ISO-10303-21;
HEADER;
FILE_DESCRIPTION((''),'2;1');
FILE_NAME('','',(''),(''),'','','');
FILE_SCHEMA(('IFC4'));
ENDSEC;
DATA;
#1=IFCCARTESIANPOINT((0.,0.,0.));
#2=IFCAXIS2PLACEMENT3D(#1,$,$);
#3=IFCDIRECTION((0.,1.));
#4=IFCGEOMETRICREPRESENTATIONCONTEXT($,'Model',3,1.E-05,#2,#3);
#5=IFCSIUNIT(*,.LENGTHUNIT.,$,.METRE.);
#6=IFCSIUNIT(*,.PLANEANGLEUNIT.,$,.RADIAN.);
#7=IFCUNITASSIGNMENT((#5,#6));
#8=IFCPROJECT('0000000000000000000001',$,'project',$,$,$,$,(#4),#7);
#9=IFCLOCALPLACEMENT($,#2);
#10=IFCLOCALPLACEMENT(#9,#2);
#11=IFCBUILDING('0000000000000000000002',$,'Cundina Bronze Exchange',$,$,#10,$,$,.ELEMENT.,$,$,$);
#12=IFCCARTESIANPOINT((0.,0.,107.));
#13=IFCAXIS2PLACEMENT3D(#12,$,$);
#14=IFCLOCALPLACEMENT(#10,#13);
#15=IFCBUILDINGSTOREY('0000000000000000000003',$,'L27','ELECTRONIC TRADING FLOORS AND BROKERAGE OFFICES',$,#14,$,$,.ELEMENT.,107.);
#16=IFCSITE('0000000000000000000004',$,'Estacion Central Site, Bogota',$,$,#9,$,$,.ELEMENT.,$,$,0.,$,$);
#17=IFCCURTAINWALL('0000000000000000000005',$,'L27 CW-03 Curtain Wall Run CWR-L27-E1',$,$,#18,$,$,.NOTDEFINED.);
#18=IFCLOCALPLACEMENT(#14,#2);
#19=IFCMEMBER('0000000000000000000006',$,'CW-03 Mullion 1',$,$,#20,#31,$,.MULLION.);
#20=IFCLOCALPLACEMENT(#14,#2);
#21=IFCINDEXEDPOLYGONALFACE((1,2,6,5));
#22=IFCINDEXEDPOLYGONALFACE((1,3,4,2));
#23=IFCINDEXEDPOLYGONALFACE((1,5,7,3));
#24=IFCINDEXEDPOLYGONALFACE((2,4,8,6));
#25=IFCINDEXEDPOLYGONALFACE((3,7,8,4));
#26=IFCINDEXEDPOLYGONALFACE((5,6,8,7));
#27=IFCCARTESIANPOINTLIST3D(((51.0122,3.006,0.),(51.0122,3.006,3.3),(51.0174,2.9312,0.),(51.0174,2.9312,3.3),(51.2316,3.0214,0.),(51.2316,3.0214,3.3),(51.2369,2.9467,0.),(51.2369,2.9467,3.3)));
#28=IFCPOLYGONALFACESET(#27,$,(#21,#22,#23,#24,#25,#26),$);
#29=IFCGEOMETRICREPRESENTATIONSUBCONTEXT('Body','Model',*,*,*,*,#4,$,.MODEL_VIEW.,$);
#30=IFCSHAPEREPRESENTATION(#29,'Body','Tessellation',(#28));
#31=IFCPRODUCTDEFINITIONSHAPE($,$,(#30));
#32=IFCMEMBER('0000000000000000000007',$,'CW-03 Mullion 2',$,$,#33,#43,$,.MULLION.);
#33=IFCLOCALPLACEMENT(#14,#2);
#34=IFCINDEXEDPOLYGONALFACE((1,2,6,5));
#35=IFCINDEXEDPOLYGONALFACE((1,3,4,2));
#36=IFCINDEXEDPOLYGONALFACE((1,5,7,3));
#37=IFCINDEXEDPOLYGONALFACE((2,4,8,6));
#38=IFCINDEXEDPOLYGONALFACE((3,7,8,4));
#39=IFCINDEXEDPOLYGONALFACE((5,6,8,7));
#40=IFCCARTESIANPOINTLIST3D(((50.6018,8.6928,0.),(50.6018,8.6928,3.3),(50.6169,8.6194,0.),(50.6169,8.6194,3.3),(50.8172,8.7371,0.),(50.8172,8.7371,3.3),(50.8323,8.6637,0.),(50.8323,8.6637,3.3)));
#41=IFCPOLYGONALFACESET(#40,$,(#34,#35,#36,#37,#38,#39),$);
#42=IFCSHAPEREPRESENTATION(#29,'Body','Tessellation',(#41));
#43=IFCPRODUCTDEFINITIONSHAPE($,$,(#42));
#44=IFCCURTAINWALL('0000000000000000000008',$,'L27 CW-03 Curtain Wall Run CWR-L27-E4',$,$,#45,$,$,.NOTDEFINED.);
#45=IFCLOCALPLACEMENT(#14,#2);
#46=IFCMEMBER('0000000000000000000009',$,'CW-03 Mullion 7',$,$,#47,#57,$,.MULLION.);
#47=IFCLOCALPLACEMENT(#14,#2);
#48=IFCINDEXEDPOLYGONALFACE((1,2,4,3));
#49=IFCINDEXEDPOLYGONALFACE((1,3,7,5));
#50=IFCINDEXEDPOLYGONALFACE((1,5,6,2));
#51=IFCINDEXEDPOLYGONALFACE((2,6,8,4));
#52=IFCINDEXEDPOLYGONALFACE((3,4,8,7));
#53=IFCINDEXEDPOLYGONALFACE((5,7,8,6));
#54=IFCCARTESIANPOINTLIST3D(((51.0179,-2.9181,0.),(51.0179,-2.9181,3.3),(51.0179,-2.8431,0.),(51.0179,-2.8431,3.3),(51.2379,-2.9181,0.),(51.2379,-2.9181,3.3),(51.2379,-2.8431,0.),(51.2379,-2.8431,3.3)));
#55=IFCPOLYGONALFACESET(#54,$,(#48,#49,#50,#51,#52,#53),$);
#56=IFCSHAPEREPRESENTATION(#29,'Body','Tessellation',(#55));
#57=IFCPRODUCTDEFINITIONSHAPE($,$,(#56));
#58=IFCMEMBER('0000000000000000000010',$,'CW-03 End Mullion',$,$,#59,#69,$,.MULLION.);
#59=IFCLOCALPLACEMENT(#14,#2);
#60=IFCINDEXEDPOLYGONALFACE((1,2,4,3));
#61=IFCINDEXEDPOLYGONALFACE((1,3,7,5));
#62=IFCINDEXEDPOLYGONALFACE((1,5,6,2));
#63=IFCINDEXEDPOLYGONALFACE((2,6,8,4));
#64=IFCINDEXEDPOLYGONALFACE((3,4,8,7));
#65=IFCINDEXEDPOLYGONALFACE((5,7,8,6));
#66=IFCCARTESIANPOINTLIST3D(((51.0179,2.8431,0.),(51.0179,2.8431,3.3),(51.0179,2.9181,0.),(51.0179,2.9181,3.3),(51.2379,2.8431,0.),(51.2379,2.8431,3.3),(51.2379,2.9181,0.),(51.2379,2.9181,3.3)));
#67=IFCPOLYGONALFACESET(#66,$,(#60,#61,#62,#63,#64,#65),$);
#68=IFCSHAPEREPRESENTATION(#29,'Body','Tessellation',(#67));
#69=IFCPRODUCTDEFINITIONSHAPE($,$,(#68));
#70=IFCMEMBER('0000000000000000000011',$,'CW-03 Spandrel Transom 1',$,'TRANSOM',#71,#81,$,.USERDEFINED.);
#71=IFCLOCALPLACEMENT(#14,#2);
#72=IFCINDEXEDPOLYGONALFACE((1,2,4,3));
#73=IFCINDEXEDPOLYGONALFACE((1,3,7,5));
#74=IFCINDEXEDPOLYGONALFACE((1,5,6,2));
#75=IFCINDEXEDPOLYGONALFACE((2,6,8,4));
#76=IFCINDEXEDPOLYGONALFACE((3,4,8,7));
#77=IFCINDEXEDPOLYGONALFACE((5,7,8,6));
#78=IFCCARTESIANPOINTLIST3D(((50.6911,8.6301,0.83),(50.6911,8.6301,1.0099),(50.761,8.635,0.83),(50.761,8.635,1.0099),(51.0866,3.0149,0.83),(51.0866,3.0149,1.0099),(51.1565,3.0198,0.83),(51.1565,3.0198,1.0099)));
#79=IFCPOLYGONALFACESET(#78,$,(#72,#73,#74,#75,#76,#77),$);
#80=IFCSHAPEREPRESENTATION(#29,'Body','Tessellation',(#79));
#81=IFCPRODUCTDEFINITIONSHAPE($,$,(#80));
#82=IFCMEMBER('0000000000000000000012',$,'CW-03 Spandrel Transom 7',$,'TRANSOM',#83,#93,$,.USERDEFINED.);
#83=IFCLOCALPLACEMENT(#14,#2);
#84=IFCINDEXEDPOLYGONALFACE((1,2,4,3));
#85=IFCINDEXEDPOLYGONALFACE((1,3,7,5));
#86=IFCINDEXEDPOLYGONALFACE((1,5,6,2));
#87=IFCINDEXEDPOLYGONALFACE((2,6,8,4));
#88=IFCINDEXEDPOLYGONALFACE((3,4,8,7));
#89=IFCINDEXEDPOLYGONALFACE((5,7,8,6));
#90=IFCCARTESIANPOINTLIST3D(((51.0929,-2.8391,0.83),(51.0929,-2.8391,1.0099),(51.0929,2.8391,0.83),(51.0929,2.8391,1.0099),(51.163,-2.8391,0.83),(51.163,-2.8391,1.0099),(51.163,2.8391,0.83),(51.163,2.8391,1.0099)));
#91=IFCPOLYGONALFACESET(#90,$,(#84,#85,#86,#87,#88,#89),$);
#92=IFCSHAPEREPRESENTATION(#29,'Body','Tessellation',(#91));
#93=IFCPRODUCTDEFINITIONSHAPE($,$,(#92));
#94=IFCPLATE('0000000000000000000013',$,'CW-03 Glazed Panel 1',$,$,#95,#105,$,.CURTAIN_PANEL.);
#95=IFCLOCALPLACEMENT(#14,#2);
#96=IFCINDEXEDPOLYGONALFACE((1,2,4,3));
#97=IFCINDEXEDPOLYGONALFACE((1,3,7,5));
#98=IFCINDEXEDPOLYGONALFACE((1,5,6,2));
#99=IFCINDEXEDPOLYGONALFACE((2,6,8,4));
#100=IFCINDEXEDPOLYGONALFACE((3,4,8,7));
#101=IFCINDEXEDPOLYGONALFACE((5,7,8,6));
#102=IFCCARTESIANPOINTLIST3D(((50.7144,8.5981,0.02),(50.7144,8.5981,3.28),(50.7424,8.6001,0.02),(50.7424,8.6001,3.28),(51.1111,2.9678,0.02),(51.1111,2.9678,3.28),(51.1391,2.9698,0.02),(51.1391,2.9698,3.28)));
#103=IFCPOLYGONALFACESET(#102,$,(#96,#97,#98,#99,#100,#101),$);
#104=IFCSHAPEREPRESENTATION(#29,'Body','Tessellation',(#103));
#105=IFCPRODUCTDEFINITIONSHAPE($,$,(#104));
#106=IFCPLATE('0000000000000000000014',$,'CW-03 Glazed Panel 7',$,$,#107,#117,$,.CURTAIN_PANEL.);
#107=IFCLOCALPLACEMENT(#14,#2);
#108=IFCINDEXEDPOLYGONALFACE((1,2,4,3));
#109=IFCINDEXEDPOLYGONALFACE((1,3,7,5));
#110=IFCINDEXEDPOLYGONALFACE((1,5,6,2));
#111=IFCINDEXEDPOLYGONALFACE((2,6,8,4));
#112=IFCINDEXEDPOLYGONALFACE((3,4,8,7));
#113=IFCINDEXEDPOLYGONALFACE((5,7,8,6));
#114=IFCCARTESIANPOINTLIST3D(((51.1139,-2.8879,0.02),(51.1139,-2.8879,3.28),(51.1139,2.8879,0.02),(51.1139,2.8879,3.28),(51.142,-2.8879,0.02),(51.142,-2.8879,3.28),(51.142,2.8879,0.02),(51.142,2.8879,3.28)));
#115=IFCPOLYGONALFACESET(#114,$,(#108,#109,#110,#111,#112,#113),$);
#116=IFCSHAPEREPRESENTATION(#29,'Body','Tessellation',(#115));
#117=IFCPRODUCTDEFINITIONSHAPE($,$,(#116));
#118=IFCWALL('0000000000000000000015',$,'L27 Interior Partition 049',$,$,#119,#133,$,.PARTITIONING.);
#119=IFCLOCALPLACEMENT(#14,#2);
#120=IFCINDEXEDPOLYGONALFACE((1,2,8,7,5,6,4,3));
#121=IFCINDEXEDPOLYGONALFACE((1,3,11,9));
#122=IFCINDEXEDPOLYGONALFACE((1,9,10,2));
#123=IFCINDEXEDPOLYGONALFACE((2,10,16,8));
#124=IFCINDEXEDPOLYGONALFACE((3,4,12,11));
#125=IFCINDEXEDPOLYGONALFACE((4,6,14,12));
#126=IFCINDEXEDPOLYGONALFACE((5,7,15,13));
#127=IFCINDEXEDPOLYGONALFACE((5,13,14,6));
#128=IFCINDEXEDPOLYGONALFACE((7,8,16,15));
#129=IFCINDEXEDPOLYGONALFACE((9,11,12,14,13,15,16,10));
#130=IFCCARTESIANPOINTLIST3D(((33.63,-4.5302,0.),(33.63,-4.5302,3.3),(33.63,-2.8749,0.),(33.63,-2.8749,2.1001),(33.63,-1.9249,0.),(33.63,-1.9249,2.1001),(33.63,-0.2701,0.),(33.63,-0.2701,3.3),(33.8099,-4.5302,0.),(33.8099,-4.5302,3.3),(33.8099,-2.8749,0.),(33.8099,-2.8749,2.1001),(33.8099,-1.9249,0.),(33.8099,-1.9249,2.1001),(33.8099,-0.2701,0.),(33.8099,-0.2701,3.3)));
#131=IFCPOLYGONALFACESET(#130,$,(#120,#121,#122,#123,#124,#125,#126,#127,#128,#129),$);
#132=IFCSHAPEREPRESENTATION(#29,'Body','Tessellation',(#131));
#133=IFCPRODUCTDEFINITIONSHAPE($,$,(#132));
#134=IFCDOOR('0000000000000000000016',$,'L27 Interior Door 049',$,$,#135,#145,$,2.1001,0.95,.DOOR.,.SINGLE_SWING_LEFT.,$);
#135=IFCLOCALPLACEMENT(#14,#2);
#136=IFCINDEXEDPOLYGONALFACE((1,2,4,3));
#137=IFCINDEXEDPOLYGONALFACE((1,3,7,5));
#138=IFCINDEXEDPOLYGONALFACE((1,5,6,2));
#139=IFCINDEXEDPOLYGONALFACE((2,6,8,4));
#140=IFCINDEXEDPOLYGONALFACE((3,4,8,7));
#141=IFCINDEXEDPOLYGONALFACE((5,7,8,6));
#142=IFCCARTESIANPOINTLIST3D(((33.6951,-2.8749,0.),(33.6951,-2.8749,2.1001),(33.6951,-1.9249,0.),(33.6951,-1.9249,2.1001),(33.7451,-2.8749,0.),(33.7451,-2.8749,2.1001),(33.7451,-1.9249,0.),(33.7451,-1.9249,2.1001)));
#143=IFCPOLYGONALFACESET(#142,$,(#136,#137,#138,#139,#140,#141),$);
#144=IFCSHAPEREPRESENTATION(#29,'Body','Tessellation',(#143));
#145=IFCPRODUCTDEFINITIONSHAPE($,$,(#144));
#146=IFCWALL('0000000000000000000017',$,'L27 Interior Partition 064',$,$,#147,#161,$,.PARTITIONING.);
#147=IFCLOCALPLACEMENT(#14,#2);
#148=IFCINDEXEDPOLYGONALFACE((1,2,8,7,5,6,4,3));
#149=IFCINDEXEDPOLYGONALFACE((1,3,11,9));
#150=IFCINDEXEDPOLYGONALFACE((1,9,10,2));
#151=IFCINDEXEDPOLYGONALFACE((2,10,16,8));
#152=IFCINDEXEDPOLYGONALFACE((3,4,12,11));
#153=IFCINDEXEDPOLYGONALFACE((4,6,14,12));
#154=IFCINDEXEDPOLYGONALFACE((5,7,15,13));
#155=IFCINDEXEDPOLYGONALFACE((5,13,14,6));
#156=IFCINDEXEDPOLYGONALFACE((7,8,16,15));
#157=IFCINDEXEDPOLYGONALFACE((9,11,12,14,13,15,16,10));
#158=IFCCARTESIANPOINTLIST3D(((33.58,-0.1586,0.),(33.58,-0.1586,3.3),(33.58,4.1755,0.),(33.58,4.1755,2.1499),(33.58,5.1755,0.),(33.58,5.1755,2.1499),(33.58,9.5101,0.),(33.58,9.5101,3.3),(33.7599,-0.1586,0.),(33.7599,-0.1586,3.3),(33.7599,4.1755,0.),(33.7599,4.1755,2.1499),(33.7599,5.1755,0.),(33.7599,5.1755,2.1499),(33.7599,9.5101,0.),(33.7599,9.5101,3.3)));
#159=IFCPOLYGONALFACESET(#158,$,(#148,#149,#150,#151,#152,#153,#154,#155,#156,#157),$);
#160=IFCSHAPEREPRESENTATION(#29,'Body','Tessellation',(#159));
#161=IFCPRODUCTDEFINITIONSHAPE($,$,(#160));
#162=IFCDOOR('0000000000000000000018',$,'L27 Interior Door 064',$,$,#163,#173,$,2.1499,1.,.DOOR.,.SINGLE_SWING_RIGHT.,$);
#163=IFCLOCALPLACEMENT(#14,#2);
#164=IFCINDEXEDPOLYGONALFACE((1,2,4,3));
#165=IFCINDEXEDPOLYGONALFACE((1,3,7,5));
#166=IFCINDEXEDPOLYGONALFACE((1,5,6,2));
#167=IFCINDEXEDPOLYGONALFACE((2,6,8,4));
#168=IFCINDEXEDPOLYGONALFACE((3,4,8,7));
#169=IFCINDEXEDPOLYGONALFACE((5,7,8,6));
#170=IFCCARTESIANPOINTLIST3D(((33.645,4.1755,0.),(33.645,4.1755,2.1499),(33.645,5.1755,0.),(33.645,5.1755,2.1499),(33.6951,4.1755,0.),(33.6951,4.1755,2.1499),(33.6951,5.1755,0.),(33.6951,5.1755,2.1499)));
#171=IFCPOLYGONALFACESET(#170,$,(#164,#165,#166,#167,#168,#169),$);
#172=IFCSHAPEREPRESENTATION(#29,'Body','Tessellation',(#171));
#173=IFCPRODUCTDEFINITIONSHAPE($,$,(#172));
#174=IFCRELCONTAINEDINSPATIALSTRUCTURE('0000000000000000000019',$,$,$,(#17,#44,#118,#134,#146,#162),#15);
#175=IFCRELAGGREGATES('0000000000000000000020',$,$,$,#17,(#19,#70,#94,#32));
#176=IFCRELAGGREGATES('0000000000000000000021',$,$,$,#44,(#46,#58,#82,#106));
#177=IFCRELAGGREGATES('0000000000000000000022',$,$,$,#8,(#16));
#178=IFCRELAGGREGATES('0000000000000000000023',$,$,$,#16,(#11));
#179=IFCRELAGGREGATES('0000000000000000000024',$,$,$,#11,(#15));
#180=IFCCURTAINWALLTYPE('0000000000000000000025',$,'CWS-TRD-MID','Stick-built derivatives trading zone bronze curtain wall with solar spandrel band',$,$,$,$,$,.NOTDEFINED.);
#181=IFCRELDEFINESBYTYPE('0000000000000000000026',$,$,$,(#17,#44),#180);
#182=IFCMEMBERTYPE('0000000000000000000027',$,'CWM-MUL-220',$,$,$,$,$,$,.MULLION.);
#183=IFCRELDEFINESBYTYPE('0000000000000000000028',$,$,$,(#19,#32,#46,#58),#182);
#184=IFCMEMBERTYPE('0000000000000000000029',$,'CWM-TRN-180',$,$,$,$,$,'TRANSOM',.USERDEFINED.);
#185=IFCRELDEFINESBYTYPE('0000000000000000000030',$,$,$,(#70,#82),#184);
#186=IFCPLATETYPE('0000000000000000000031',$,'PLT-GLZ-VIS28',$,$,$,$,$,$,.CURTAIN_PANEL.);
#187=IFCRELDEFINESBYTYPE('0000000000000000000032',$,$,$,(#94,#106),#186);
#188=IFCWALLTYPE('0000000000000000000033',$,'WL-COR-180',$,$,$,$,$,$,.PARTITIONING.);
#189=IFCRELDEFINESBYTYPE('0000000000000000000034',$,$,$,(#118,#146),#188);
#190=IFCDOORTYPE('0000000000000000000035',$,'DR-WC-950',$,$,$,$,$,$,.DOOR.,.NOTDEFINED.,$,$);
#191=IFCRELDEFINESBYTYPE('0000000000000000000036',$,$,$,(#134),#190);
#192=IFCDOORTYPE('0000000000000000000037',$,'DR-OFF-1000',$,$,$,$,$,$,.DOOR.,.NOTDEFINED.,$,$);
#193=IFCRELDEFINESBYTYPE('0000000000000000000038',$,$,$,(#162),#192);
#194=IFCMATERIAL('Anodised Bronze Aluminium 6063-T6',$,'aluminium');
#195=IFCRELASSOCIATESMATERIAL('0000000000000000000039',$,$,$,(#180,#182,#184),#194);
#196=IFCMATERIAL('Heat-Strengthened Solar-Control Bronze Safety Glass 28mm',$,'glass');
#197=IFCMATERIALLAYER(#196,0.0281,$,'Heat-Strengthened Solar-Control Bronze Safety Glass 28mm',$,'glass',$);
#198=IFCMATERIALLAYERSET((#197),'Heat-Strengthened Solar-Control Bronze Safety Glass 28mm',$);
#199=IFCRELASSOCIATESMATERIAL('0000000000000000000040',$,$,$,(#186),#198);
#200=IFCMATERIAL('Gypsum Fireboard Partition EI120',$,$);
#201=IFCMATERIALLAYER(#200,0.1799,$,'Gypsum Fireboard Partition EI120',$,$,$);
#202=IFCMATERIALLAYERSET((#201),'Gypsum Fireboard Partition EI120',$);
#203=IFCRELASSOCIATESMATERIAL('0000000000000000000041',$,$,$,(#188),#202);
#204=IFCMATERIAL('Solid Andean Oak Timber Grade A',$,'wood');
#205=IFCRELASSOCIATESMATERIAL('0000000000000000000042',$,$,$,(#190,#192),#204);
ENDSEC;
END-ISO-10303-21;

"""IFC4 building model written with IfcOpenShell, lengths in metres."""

from ifc_helpers import new_model, si_unit, direction, frame, frame_2d, origin, origin_2d, place, context, subcontext, project, spatial, rectangle, extrude, material, layer, layer_set, material_profile, profile_set, type_object, element, fill, aggregate, save


model = new_model("IFC4")

# Units and contexts
model_context = context("Model", 3, precision=1e-05, world=origin(), true_north=direction((0.0, 1.0)))
body_context = subcontext(model_context, "Body", "Model", "MODEL_VIEW")
ifc_project = project(units=[si_unit("LENGTHUNIT", "METRE"), si_unit("PLANEANGLEUNIT", "RADIAN")], contexts=[model_context])

# Site, building, storey
site_placement = place(None, origin())
site = spatial("IfcSite", under=ifc_project, at=site_placement, Name="Estacion Central Site, Bogota", CompositionType="ELEMENT", RefElevation=0.0)
building_placement = place(site_placement, origin())
building = spatial("IfcBuilding", under=site, at=building_placement, Name="Cundina Bronze Exchange", CompositionType="ELEMENT")
storey_placement = place(building_placement, frame((0.0, 0.0, 107.0)))
storey = spatial("IfcBuildingStorey", under=building, at=storey_placement, Name="L27", Description="ELECTRONIC TRADING FLOORS AND BROKERAGE OFFICES", CompositionType="ELEMENT", Elevation=107.0)

# Curtain walls, members
ifc_material_1 = material(Name="Anodised Bronze Aluminium 6063-T6", Category="aluminium")
curtain_wall_type = type_object("IfcCurtainWallType", Name="CWS-TRD-MID", Description="Stick-built derivatives trading zone bronze curtain wall with solar spandrel band", PredefinedType="NOTDEFINED", material=ifc_material_1)
curtain_wall_1_placement = place(storey_placement, origin())
curtain_wall_1 = element("IfcCurtainWall", 1, at=curtain_wall_1_placement, inside=storey, type_object=curtain_wall_type, Name="L27 CW-03 Curtain Wall Run CWR-L27-E1", PredefinedType="NOTDEFINED")
ifc_material_profile_1 = material_profile(ifc_material_1, rectangle(XDim=0.075, YDim=0.22, at=origin_2d()), Name="AL75X220", Category="aluminium")
ifc_profile_set_1 = profile_set([ifc_material_profile_1], Name="Anodised Bronze Aluminium 6063-T6")
member_type_1 = type_object("IfcMemberType", Name="CWM-MUL-220", PredefinedType="MULLION", material=ifc_profile_set_1)
member_1_placement = place(storey_placement, frame((51.1245, 2.9763, 0.0), z_axis=(0.0, 0.0, 1.0), x_axis=(-0.070279, 0.997527, 0.0)))
member_1 = element("IfcMember", 2, at=member_1_placement, type_object=member_type_1, Name="CW-03 Mullion 1", PredefinedType="MULLION", context=body_context, shape_type="SweptSolid", body=[
    extrude(rectangle(XDim=0.075, YDim=0.22, at=origin_2d()), origin(), (0.0, 0.0, 1.0), 3.3),
])
member_2_placement = place(storey_placement, frame((50.717, 8.6782, 0.0), z_axis=(0.0, 0.0, 1.0), x_axis=(-0.20142, 0.979505, 0.0)))
member_2 = element("IfcMember", 3, at=member_2_placement, type_object=member_type_1, Name="CW-03 Mullion 2", PredefinedType="MULLION", context=body_context, shape_type="SweptSolid", body=[
    extrude(rectangle(XDim=0.075, YDim=0.22, at=origin_2d()), origin(), (0.0, 0.0, 1.0), 3.3),
])
curtain_wall_2_placement = place(storey_placement, origin())
curtain_wall_2 = element("IfcCurtainWall", 4, at=curtain_wall_2_placement, inside=storey, type_object=curtain_wall_type, Name="L27 CW-03 Curtain Wall Run CWR-L27-E4", PredefinedType="NOTDEFINED")
member_3_placement = place(storey_placement, frame((51.1279, -2.8806, 0.0), z_axis=(0.0, 0.0, 1.0), x_axis=(0.0, 1.0, 0.0)))
member_3 = element("IfcMember", 5, at=member_3_placement, type_object=member_type_1, Name="CW-03 Mullion 7", PredefinedType="MULLION", context=body_context, shape_type="SweptSolid", body=[
    extrude(rectangle(XDim=0.075, YDim=0.22, at=origin_2d()), origin(), (0.0, 0.0, 1.0), 3.3),
])
member_4_placement = place(storey_placement, frame((51.1279, 2.8806, 0.0), z_axis=(0.0, 0.0, 1.0), x_axis=(0.0, 1.0, 0.0)))
member_4 = element("IfcMember", 6, at=member_4_placement, type_object=member_type_1, Name="CW-03 End Mullion", PredefinedType="MULLION", context=body_context, shape_type="SweptSolid", body=[
    extrude(rectangle(XDim=0.075, YDim=0.22, at=origin_2d()), origin(), (0.0, 0.0, 1.0), 3.3),
])

# Members
ifc_material_profile_2 = material_profile(ifc_material_1, rectangle(XDim=0.0701, YDim=0.1799, at=origin_2d()), Name="AL70X180", Category="aluminium")
ifc_profile_set_2 = profile_set([ifc_material_profile_2], Name="Anodised Bronze Aluminium 6063-T6")
member_type_2 = type_object("IfcMemberType", Name="CWM-TRN-180", ElementType="TRANSOM", PredefinedType="USERDEFINED", material=ifc_profile_set_2)
member_5_placement = place(storey_placement, frame((51.1216, 3.0173, 0.9199), z_axis=(-0.070261, 0.997529, 0.0), x_axis=(-0.997529, -0.070261, 0.0)))
member_5 = element("IfcMember", 7, at=member_5_placement, type_object=member_type_2, Name="CW-03 Spandrel Transom 1", ObjectType="TRANSOM", PredefinedType="USERDEFINED", context=body_context, shape_type="SweptSolid", body=[
    extrude(rectangle(XDim=0.0701, YDim=0.1799, at=origin_2d()), origin(), (0.0, 0.0, 1.0), 5.6292),
])
member_6_placement = place(storey_placement, frame((51.1279, -2.8391, 0.9199), z_axis=(0.0, 1.0, 0.0), x_axis=(-1.0, 0.0, 0.0)))
member_6 = element("IfcMember", 8, at=member_6_placement, type_object=member_type_2, Name="CW-03 Spandrel Transom 7", ObjectType="TRANSOM", PredefinedType="USERDEFINED", context=body_context, shape_type="SweptSolid", body=[
    extrude(rectangle(XDim=0.0701, YDim=0.1799, at=origin_2d()), origin(), (0.0, 0.0, 1.0), 5.6782),
])

# Plates
ifc_material_2 = material(Name="Heat-Strengthened Solar-Control Bronze Safety Glass 28mm", Category="glass")
ifc_layer_1 = layer(ifc_material_2, 0.0281, Name="Heat-Strengthened Solar-Control Bronze Safety Glass 28mm", Category="glass")
ifc_layer_set_1 = layer_set([ifc_layer_1], Name="Heat-Strengthened Solar-Control Bronze Safety Glass 28mm")
plate_type = type_object("IfcPlateType", Name="PLT-GLZ-VIS28", PredefinedType="CURTAIN_PANEL", material=ifc_layer_set_1)
plate_1_placement = place(storey_placement, frame((50.9268, 5.7839, 0.02), z_axis=(0.0, 0.0, 1.0), x_axis=(-0.070279, 0.997527, 0.0)))
plate_1 = element("IfcPlate", 9, at=plate_1_placement, type_object=plate_type, Name="CW-03 Glazed Panel 1", PredefinedType="CURTAIN_PANEL", context=body_context, shape_type="SweptSolid", body=[
    extrude(rectangle(XDim=5.6443, YDim=0.0281, at=origin_2d()), origin(), (0.0, 0.0, 1.0), 3.26),
])
aggregate(curtain_wall_1, [member_1, member_5, plate_1, member_2])
plate_2_placement = place(storey_placement, frame((51.1279, 0.0, 0.02), z_axis=(0.0, 0.0, 1.0), x_axis=(0.0, 1.0, 0.0)))
plate_2 = element("IfcPlate", 10, at=plate_2_placement, type_object=plate_type, Name="CW-03 Glazed Panel 7", PredefinedType="CURTAIN_PANEL", context=body_context, shape_type="SweptSolid", body=[
    extrude(rectangle(XDim=5.7759, YDim=0.0281, at=origin_2d()), origin(), (0.0, 0.0, 1.0), 3.26),
])
aggregate(curtain_wall_2, [member_3, member_4, member_6, plate_2])

# Walls, openings, doors
ifc_material_3 = material(Name="Gypsum Fireboard Partition EI120")
ifc_layer_2 = layer(ifc_material_3, 0.1799, Name="Gypsum Fireboard Partition EI120")
ifc_layer_set_2 = layer_set([ifc_layer_2], Name="Gypsum Fireboard Partition EI120")
wall_type_1 = type_object("IfcWallType", Name="WL-COR-180", PredefinedType="PARTITIONING", material=ifc_layer_set_2)
wall_1_placement = place(storey_placement, frame((33.72, -4.53, 0.0), z_axis=(0.0, 0.0, 1.0), x_axis=(0.0, 1.0, 0.0)))
wall_1 = element("IfcWall", 11, at=wall_1_placement, inside=storey, type_object=wall_type_1, Name="L27 Interior Partition 049", PredefinedType="PARTITIONING", context=body_context, shape_type="SweptSolid", body=[
    extrude(rectangle(XDim=4.26, YDim=0.1799, at=frame_2d((2.1299, 0.0))), origin(), (0.0, 0.0, 1.0), 3.3),
])
opening_1_placement = place(wall_1_placement, frame((1.655, 0.0, 0.0)))
opening_1 = element("IfcOpeningElement", 12, at=opening_1_placement, cuts=wall_1, PredefinedType="OPENING", context=body_context, shape_type="SweptSolid", body=[
    extrude(rectangle(XDim=0.95, YDim=2.1001, at=frame_2d((0.4751, 1.05))), frame((0.0, 0.0999, 0.0), z_axis=(0.0, -1.0, 0.0), x_axis=(1.0, 0.0, 0.0)), (0.0, 0.0, 1.0), 0.2),
])
ifc_material_4 = material(Name="Solid Andean Oak Timber Grade A", Category="wood")
door_type_1 = type_object("IfcDoorType", Name="DR-WC-950", OperationType="NOTDEFINED", PredefinedType="DOOR", material=ifc_material_4)
door_1_placement = place(opening_1_placement, origin())
door_1 = element("IfcDoor", 13, at=door_1_placement, inside=storey, type_object=door_type_1, Name="L27 Interior Door 049", OperationType="SINGLE_SWING_LEFT", OverallHeight=2.1001, OverallWidth=0.95, PredefinedType="DOOR", context=body_context, shape_type="SweptSolid", body=[
    extrude(rectangle(XDim=0.95, YDim=2.1001, at=frame_2d((0.4751, 1.05))), frame((0.0, 0.0249, 0.0), z_axis=(0.0, -1.0, 0.0), x_axis=(1.0, 0.0, 0.0)), (0.0, 0.0, 1.0), 0.05),
])
fill(opening_1, door_1)
wall_2_placement = place(storey_placement, frame((33.6699, -0.1587, 0.0), z_axis=(0.0, 0.0, 1.0), x_axis=(0.0, 1.0, 0.0)))
wall_2 = element("IfcWall", 14, at=wall_2_placement, inside=storey, type_object=wall_type_1, Name="L27 Interior Partition 064", PredefinedType="PARTITIONING", context=body_context, shape_type="SweptSolid", body=[
    extrude(rectangle(XDim=9.6687, YDim=0.1799, at=frame_2d((4.8345, 0.0))), origin(), (0.0, 0.0, 1.0), 3.3),
])
opening_2_placement = place(wall_2_placement, frame((4.3342, 0.0, 0.0)))
opening_2 = element("IfcOpeningElement", 15, at=opening_2_placement, cuts=wall_2, PredefinedType="OPENING", context=body_context, shape_type="SweptSolid", body=[
    extrude(rectangle(XDim=1.0, YDim=2.1499, at=frame_2d((0.5, 1.075))), frame((0.0, 0.0999, 0.0), z_axis=(0.0, -1.0, 0.0), x_axis=(1.0, 0.0, 0.0)), (0.0, 0.0, 1.0), 0.2),
])
door_type_2 = type_object("IfcDoorType", Name="DR-OFF-1000", OperationType="NOTDEFINED", PredefinedType="DOOR", material=ifc_material_4)
door_2_placement = place(opening_2_placement, origin())
door_2 = element("IfcDoor", 16, at=door_2_placement, inside=storey, type_object=door_type_2, Name="L27 Interior Door 064", OperationType="SINGLE_SWING_RIGHT", OverallHeight=2.1499, OverallWidth=1.0, PredefinedType="DOOR", context=body_context, shape_type="SweptSolid", body=[
    extrude(rectangle(XDim=1.0, YDim=2.1499, at=frame_2d((0.5, 1.075))), frame((0.0, 0.0249, 0.0), z_axis=(0.0, -1.0, 0.0), x_axis=(1.0, 0.0, 0.0)), (0.0, 0.0, 1.0), 0.05),
])
fill(opening_2, door_2)

save(model, "model.ifc")
